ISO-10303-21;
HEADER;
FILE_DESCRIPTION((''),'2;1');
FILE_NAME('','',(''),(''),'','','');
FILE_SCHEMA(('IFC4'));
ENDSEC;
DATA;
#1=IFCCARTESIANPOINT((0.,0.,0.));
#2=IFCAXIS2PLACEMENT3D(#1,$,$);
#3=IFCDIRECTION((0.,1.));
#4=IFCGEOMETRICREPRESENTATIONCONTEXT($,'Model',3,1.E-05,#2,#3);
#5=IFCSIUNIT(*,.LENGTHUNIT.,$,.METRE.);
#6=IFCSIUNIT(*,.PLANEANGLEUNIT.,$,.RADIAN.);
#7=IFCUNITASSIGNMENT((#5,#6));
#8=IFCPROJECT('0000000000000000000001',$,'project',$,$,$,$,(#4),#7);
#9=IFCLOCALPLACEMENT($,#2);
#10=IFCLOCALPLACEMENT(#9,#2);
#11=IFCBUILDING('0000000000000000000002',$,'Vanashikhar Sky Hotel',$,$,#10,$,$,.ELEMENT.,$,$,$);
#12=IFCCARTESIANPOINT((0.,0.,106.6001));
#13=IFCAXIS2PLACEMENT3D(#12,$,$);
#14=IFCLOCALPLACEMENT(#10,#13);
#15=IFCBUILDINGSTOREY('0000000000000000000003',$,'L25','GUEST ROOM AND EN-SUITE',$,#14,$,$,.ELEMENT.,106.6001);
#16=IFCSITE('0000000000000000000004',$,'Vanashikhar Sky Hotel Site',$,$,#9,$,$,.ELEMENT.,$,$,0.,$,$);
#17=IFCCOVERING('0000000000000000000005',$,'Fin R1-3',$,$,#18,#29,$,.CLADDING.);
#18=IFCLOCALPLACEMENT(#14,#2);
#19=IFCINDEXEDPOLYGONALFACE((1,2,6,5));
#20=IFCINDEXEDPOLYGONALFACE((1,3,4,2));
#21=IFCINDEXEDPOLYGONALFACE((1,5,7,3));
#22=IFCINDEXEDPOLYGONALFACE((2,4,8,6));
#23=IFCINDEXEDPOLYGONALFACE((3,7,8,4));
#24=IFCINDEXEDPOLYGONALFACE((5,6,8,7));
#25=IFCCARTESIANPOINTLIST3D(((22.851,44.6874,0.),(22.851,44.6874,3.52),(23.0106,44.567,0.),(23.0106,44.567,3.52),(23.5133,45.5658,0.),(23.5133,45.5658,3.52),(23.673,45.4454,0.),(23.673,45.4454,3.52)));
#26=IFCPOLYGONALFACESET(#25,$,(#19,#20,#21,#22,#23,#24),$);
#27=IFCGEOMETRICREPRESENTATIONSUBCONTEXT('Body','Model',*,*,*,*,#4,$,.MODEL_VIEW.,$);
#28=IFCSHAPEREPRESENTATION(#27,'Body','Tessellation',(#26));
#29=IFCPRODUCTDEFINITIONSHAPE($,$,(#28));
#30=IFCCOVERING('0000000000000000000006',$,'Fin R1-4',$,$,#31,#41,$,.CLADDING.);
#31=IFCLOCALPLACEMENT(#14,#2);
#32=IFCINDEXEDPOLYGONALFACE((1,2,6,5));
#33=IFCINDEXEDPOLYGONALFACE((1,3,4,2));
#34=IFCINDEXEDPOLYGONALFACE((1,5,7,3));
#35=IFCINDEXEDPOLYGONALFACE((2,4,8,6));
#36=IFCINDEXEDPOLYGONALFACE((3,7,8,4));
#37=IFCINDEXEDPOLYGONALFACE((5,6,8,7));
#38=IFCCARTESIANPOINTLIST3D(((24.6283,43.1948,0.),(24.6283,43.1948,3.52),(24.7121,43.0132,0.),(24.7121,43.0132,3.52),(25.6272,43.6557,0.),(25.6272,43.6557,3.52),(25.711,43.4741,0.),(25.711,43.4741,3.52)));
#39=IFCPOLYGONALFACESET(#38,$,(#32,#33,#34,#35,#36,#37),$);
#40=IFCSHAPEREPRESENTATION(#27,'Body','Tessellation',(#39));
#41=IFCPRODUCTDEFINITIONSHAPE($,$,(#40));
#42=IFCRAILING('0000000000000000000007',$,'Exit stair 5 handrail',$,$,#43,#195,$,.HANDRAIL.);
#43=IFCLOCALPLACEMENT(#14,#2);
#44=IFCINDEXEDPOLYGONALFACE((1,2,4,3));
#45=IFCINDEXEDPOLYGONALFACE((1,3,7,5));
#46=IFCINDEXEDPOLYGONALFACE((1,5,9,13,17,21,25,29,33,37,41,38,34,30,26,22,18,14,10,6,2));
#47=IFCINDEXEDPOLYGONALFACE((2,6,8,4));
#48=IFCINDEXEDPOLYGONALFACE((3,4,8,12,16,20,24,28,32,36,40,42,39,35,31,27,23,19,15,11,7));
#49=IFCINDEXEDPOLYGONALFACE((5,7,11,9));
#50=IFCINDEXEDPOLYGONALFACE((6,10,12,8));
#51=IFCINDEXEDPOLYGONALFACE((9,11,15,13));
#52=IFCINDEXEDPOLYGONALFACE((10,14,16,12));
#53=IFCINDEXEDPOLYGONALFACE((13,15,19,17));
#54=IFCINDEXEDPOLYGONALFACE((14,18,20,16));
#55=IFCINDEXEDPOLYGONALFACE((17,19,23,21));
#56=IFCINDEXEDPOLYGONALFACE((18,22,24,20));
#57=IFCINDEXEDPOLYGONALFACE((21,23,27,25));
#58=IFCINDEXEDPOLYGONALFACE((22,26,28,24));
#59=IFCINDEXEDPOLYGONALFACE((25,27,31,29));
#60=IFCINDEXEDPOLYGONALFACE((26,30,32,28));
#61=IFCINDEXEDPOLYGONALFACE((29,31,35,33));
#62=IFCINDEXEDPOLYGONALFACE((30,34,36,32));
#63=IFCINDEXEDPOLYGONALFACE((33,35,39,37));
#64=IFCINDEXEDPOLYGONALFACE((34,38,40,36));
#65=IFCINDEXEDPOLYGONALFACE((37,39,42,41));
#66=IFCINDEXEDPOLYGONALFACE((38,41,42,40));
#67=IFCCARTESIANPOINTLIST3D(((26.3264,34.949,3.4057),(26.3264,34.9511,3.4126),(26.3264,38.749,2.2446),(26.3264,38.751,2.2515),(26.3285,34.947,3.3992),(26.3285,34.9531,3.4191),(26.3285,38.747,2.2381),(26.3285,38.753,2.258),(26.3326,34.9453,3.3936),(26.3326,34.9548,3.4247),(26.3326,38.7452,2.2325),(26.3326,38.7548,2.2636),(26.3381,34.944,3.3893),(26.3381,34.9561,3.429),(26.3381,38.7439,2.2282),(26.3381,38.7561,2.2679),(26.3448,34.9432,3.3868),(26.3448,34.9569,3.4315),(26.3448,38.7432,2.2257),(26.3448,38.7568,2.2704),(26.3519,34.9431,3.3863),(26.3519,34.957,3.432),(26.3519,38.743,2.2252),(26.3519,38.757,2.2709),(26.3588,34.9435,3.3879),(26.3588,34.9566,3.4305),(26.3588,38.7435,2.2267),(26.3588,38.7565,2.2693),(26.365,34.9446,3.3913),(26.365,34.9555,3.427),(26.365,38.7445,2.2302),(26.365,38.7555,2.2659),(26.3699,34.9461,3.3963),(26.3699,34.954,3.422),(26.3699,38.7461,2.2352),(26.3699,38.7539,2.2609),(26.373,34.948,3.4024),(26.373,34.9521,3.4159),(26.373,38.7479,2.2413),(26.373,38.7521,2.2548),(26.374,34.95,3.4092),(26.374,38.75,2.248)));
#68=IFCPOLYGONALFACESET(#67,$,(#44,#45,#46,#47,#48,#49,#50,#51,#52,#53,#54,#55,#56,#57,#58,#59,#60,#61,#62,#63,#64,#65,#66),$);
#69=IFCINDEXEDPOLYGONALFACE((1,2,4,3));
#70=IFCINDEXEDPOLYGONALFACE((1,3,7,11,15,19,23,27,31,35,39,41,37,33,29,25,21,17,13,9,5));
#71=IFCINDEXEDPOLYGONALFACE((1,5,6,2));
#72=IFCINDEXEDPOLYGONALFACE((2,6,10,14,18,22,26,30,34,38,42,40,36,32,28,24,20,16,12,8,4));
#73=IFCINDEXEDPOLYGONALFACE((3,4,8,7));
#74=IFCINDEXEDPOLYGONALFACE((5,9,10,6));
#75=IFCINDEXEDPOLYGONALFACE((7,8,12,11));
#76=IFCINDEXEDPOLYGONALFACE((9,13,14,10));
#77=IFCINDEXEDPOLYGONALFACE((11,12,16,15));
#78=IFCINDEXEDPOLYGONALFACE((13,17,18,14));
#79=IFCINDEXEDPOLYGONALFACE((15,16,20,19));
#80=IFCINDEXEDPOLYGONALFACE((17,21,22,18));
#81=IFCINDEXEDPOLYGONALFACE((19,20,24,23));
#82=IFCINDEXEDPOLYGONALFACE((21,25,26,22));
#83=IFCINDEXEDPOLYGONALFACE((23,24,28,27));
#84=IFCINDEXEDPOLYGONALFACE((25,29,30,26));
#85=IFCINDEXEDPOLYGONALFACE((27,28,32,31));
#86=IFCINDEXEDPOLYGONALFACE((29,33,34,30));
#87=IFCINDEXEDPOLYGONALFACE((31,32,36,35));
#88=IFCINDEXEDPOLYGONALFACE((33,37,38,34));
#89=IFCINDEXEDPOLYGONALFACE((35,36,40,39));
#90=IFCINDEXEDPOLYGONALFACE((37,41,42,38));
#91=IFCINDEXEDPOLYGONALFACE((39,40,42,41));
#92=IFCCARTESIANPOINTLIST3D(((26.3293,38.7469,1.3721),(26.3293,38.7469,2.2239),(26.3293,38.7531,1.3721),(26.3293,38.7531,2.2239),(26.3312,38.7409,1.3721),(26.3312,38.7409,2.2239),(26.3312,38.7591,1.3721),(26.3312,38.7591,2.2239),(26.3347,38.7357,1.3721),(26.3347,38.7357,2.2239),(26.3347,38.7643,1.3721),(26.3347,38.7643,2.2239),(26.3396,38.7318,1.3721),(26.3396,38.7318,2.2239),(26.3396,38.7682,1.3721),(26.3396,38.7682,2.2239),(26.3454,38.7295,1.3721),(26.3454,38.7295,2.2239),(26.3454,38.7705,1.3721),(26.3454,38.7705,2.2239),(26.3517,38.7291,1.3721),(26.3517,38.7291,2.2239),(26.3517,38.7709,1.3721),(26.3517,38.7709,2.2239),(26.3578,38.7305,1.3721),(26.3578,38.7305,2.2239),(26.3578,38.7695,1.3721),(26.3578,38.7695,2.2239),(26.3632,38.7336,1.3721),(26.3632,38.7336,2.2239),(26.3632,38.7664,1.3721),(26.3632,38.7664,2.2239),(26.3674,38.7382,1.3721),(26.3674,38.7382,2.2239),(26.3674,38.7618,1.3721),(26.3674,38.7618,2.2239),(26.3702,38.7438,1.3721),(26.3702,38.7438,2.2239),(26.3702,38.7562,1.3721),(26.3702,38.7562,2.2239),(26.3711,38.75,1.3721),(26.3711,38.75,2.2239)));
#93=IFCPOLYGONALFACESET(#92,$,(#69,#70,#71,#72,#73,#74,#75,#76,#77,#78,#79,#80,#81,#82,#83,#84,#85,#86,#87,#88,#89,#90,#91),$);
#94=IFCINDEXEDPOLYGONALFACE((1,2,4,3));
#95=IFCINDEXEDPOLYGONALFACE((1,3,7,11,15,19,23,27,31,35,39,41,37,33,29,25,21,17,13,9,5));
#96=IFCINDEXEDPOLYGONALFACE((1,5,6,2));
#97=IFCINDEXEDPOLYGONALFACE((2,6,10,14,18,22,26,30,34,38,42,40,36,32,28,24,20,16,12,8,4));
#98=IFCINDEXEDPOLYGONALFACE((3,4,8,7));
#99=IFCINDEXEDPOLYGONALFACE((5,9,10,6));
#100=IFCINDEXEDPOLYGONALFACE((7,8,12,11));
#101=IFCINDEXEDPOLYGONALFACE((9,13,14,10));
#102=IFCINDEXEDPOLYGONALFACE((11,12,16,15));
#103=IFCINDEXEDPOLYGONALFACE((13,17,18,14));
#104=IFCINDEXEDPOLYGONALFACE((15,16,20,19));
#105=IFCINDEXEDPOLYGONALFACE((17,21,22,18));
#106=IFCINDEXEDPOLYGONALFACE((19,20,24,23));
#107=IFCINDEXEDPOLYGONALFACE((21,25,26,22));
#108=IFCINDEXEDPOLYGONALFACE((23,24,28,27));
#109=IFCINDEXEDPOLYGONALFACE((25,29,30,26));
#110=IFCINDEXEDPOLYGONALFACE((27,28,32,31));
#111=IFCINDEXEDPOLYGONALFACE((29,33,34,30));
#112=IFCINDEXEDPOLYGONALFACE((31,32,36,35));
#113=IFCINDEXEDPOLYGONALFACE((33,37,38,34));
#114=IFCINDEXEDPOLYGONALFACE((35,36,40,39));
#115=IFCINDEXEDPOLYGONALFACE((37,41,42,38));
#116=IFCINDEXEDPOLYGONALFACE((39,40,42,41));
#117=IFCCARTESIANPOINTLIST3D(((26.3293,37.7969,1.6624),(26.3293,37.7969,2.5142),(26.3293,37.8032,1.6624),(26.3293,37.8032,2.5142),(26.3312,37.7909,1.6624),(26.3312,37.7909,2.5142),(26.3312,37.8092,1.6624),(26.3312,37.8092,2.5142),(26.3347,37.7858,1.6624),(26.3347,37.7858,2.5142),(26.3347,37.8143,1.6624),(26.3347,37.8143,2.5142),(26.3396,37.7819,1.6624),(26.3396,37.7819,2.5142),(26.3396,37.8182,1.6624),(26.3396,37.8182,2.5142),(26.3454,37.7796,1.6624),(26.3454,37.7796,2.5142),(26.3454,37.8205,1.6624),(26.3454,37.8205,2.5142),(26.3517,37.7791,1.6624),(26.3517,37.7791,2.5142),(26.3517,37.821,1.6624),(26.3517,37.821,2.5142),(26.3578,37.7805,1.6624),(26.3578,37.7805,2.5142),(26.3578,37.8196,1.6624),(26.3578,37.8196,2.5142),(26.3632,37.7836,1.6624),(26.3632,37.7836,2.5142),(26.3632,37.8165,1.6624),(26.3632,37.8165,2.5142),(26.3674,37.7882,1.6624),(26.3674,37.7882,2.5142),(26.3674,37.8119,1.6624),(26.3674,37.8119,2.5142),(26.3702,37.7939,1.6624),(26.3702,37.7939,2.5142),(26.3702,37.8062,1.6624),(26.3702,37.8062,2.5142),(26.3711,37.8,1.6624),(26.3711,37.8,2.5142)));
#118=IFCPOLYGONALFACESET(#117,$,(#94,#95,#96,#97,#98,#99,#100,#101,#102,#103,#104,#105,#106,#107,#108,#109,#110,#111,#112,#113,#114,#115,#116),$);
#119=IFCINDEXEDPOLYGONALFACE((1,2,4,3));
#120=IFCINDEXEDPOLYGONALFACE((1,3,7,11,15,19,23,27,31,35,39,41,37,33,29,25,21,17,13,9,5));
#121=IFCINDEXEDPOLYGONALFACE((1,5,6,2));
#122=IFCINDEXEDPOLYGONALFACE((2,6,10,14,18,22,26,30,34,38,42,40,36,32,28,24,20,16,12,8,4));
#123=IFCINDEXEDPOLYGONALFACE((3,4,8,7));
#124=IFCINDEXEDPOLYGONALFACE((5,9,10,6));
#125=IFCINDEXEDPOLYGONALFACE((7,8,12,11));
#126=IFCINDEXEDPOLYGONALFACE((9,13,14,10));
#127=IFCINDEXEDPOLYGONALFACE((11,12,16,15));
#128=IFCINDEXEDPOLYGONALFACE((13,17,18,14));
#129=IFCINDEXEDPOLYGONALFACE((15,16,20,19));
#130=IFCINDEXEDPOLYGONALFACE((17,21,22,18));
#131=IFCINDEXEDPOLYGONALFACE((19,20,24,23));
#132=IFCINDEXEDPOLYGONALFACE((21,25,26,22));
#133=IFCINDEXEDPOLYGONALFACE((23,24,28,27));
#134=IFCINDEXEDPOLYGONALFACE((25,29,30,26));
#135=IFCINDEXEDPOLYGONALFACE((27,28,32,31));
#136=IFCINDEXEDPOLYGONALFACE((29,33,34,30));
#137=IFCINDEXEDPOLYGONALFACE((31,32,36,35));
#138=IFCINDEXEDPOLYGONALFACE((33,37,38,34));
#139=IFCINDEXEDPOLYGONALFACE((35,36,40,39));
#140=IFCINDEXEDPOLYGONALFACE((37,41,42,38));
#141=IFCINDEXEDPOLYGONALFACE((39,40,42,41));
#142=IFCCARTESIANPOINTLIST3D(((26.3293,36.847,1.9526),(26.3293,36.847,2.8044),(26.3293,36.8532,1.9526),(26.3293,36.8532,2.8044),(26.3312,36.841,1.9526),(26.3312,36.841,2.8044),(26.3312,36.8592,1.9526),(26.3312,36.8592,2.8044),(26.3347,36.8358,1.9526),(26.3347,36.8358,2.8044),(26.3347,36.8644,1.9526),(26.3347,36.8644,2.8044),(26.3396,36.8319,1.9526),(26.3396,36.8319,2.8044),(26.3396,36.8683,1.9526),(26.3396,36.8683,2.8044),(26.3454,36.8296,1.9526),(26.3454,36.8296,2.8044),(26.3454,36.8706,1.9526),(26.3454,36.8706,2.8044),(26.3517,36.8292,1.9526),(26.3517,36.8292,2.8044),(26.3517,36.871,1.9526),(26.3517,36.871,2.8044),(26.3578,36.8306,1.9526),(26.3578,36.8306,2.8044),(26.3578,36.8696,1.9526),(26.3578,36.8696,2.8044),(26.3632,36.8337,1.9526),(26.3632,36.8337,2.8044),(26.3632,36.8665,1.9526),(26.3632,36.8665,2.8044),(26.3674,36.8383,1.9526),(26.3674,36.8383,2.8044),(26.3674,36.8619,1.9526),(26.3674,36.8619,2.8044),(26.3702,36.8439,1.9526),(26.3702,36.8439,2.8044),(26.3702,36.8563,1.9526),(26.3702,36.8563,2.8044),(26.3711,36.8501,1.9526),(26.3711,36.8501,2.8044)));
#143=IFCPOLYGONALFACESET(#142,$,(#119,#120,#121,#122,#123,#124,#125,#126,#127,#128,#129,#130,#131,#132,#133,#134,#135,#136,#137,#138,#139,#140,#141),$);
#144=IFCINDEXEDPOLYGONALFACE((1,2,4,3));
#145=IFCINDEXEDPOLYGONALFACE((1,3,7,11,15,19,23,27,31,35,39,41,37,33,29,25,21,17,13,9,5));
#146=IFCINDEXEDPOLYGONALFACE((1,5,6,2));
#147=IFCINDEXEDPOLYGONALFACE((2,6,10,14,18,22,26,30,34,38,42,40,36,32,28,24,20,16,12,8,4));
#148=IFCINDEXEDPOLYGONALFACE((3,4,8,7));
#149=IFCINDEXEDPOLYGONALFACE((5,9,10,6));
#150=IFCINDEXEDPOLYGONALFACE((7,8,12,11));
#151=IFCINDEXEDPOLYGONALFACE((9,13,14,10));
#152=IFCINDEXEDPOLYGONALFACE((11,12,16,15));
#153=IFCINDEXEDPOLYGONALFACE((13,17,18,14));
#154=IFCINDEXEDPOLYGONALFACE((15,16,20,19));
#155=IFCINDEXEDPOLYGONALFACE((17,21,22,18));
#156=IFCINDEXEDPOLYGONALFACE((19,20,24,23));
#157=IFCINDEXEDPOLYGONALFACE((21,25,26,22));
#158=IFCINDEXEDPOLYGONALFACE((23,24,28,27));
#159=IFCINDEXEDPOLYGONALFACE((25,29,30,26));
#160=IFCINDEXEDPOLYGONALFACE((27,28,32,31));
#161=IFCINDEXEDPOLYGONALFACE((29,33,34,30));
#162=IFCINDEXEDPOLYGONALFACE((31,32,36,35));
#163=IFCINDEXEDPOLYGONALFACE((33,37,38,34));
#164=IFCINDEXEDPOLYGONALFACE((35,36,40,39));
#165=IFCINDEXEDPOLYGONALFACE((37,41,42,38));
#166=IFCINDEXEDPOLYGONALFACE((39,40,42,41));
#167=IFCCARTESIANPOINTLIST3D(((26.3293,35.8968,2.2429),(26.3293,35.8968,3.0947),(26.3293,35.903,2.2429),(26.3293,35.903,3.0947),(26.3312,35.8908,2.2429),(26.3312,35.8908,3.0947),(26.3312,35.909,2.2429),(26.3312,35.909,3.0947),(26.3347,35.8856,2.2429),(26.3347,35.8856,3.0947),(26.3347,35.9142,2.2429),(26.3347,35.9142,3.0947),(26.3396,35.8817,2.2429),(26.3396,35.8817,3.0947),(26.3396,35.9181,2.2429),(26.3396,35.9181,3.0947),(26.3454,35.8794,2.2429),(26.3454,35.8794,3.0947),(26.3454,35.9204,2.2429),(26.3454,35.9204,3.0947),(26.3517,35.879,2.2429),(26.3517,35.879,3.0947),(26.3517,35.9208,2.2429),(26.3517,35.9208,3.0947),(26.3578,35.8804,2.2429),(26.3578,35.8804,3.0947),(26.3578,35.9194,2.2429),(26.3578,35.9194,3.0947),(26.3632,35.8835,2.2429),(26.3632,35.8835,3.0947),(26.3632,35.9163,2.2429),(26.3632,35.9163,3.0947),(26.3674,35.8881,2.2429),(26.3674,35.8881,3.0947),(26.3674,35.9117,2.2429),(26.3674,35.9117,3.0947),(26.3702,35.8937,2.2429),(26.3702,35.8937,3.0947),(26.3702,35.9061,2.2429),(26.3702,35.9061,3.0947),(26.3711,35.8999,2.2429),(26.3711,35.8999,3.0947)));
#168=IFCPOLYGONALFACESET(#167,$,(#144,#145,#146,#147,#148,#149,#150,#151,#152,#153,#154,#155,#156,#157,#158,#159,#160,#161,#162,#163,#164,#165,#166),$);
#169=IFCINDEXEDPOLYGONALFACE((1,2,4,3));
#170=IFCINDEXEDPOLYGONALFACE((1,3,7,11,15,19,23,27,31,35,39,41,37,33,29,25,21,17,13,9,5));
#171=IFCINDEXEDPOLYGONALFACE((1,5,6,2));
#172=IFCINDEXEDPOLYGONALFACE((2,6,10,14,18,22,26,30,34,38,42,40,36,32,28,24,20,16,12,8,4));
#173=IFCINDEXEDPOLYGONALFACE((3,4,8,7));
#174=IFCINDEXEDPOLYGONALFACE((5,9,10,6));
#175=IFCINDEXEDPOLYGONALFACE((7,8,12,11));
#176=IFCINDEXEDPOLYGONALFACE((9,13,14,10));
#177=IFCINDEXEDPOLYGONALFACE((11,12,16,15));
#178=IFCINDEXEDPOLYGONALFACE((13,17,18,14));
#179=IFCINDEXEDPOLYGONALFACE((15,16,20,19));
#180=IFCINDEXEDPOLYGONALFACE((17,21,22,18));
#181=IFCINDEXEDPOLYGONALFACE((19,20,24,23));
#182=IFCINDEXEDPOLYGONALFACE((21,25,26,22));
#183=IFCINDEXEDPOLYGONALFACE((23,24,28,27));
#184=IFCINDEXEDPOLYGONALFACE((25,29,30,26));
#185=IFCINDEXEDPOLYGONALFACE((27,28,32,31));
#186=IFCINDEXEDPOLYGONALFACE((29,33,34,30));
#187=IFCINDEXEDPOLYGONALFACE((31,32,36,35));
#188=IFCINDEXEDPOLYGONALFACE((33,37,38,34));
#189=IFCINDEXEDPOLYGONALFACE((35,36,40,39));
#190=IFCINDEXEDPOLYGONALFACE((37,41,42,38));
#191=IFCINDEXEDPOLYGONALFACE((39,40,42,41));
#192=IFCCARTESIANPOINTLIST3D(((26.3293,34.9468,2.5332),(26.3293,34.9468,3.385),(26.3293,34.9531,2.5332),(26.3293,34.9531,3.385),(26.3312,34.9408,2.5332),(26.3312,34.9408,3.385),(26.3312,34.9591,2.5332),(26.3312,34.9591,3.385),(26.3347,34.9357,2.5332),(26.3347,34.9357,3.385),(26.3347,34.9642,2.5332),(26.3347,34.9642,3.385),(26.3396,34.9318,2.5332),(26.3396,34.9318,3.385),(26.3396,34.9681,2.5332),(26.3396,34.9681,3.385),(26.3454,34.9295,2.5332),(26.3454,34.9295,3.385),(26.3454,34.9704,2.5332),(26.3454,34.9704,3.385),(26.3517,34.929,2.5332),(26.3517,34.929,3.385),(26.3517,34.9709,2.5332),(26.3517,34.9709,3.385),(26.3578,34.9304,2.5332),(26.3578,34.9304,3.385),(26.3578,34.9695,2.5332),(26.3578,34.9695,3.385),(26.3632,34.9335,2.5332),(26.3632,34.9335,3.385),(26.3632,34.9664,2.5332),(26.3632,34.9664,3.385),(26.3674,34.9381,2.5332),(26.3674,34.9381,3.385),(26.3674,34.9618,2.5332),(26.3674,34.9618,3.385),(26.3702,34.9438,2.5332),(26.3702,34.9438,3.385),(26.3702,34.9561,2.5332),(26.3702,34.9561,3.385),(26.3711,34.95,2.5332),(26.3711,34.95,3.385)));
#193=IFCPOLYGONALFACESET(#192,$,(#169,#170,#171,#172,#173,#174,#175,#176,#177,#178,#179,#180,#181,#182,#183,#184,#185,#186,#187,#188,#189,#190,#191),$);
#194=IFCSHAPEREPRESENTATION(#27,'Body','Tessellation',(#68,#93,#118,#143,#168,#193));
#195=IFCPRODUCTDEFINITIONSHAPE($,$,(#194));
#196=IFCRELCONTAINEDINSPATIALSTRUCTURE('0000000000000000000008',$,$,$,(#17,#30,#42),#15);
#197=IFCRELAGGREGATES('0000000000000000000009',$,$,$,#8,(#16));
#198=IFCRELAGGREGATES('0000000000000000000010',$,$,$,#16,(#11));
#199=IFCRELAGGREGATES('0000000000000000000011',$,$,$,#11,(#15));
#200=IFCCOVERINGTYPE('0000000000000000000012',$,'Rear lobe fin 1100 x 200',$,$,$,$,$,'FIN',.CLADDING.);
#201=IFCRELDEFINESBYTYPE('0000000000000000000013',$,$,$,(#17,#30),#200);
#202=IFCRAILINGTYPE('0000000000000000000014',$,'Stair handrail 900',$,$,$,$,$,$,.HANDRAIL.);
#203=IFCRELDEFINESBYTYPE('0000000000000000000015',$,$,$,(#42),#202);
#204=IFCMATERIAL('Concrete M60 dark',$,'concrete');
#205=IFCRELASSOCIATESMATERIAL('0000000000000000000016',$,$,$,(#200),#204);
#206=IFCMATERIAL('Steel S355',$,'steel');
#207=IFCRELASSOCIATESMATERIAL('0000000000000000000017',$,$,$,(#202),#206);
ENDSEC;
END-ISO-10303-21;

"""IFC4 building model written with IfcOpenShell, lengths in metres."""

from ifc_helpers import new_model, si_unit, direction, frame, origin, origin_2d, place, context, subcontext, project, spatial, rectangle, circle, extrude, source, transform, mapped, material, material_profile, profile_set, type_object, element, save


model = new_model("IFC4")

# Units and contexts
model_context = context("Model", 3, precision=1e-05, world=origin(), true_north=direction((0.0, 1.0)))
body_context = subcontext(model_context, "Body", "Model", "MODEL_VIEW")
ifc_project = project(units=[si_unit("LENGTHUNIT", "METRE"), si_unit("PLANEANGLEUNIT", "RADIAN")], contexts=[model_context])

# Site, building, storey
site_placement = place(None, origin())
site = spatial("IfcSite", under=ifc_project, at=site_placement, Name="Vanashikhar Sky Hotel Site", CompositionType="ELEMENT", RefElevation=0.0)
building_placement = place(site_placement, origin())
building = spatial("IfcBuilding", under=site, at=building_placement, Name="Vanashikhar Sky Hotel", CompositionType="ELEMENT")
storey_placement = place(building_placement, frame((0.0, 0.0, 106.6001)))
storey = spatial("IfcBuildingStorey", under=building, at=storey_placement, Name="L25", Description="GUEST ROOM AND EN-SUITE", CompositionType="ELEMENT", Elevation=106.6001)

# Coverings
ifc_material_1 = material(Name="Concrete M60 dark", Category="concrete")
ifc_material_profile = material_profile(ifc_material_1, rectangle(XDim=1.1001, YDim=0.2, at=origin_2d()))
ifc_profile_set = profile_set([ifc_material_profile], Name="Rear lobe fin 1100 x 200")
covering_type = type_object("IfcCoveringType", Name="Rear lobe fin 1100 x 200", ElementType="FIN", PredefinedType="CLADDING", material=ifc_profile_set)
shared_shape_1 = source(origin(), body_context, "Body", "SweptSolid", [
    extrude(rectangle(XDim=1.1001, YDim=0.2, at=origin_2d()), origin(), (0.0, 0.0, 1.0), 3.52),
])
for number, where, z_axis, x_axis, name in (
    (1, (23.262, 45.0664, 0.0), (0.0, 0.0, 1.0), (0.602066, 0.798446, 0.0), "Fin R1-3"),
    (2, (25.1697, 43.3345, 0.0), (0.0, 0.0, 1.0), (0.908004, 0.418961, 0.0), "Fin R1-4"),
):
    element("IfcCovering", number, at=place(storey_placement, frame(where, z_axis=z_axis, x_axis=x_axis)), inside=storey, type_object=covering_type, Name=name, PredefinedType="CLADDING", context=body_context, shape_type="MappedRepresentation", body=[
        mapped(shared_shape_1, transform((0.0, 0.0, 0.0), scale=1.0)),
    ])

# Railing
ifc_material_2 = material(Name="Steel S355", Category="steel")
railing_type = type_object("IfcRailingType", Name="Stair handrail 900", PredefinedType="HANDRAIL", material=ifc_material_2)
shared_shape_2 = source(origin(), body_context, "Body", "SweptSolid", [
    extrude(circle(Radius=0.0239, at=origin_2d()), frame((0.0, 0.0, 0.876), z_axis=(0.0, -0.956351, 0.29222), x_axis=(1.0, 0.0, 0.0)), (0.0, 0.0, 1.0), 3.9734),
    extrude(circle(Radius=0.021, at=origin_2d()), origin(), (0.0, 0.0, 1.0), 0.8518),
    extrude(circle(Radius=0.021, at=origin_2d()), frame((0.0, -0.95, 0.2903)), (0.0, 0.0, 1.0), 0.8518),
    extrude(circle(Radius=0.021, at=origin_2d()), frame((0.0, -1.8999, 0.5806)), (0.0, 0.0, 1.0), 0.8518),
    extrude(circle(Radius=0.021, at=origin_2d()), frame((0.0, -2.8501, 0.8708)), (0.0, 0.0, 1.0), 0.8518),
    extrude(circle(Radius=0.021, at=origin_2d()), frame((0.0, -3.8, 1.1611)), (0.0, 0.0, 1.0), 0.8518),
])
railing_placement = place(storey_placement, frame((26.3501, 38.75, 1.3721)))
element("IfcRailing", 3, at=railing_placement, inside=storey, type_object=railing_type, Name="Exit stair 5 handrail", PredefinedType="HANDRAIL", context=body_context, shape_type="MappedRepresentation", body=[
    mapped(shared_shape_2, transform((0.0, 0.0, 0.0), scale=1.0)),
])

save(model, "model.ifc")
